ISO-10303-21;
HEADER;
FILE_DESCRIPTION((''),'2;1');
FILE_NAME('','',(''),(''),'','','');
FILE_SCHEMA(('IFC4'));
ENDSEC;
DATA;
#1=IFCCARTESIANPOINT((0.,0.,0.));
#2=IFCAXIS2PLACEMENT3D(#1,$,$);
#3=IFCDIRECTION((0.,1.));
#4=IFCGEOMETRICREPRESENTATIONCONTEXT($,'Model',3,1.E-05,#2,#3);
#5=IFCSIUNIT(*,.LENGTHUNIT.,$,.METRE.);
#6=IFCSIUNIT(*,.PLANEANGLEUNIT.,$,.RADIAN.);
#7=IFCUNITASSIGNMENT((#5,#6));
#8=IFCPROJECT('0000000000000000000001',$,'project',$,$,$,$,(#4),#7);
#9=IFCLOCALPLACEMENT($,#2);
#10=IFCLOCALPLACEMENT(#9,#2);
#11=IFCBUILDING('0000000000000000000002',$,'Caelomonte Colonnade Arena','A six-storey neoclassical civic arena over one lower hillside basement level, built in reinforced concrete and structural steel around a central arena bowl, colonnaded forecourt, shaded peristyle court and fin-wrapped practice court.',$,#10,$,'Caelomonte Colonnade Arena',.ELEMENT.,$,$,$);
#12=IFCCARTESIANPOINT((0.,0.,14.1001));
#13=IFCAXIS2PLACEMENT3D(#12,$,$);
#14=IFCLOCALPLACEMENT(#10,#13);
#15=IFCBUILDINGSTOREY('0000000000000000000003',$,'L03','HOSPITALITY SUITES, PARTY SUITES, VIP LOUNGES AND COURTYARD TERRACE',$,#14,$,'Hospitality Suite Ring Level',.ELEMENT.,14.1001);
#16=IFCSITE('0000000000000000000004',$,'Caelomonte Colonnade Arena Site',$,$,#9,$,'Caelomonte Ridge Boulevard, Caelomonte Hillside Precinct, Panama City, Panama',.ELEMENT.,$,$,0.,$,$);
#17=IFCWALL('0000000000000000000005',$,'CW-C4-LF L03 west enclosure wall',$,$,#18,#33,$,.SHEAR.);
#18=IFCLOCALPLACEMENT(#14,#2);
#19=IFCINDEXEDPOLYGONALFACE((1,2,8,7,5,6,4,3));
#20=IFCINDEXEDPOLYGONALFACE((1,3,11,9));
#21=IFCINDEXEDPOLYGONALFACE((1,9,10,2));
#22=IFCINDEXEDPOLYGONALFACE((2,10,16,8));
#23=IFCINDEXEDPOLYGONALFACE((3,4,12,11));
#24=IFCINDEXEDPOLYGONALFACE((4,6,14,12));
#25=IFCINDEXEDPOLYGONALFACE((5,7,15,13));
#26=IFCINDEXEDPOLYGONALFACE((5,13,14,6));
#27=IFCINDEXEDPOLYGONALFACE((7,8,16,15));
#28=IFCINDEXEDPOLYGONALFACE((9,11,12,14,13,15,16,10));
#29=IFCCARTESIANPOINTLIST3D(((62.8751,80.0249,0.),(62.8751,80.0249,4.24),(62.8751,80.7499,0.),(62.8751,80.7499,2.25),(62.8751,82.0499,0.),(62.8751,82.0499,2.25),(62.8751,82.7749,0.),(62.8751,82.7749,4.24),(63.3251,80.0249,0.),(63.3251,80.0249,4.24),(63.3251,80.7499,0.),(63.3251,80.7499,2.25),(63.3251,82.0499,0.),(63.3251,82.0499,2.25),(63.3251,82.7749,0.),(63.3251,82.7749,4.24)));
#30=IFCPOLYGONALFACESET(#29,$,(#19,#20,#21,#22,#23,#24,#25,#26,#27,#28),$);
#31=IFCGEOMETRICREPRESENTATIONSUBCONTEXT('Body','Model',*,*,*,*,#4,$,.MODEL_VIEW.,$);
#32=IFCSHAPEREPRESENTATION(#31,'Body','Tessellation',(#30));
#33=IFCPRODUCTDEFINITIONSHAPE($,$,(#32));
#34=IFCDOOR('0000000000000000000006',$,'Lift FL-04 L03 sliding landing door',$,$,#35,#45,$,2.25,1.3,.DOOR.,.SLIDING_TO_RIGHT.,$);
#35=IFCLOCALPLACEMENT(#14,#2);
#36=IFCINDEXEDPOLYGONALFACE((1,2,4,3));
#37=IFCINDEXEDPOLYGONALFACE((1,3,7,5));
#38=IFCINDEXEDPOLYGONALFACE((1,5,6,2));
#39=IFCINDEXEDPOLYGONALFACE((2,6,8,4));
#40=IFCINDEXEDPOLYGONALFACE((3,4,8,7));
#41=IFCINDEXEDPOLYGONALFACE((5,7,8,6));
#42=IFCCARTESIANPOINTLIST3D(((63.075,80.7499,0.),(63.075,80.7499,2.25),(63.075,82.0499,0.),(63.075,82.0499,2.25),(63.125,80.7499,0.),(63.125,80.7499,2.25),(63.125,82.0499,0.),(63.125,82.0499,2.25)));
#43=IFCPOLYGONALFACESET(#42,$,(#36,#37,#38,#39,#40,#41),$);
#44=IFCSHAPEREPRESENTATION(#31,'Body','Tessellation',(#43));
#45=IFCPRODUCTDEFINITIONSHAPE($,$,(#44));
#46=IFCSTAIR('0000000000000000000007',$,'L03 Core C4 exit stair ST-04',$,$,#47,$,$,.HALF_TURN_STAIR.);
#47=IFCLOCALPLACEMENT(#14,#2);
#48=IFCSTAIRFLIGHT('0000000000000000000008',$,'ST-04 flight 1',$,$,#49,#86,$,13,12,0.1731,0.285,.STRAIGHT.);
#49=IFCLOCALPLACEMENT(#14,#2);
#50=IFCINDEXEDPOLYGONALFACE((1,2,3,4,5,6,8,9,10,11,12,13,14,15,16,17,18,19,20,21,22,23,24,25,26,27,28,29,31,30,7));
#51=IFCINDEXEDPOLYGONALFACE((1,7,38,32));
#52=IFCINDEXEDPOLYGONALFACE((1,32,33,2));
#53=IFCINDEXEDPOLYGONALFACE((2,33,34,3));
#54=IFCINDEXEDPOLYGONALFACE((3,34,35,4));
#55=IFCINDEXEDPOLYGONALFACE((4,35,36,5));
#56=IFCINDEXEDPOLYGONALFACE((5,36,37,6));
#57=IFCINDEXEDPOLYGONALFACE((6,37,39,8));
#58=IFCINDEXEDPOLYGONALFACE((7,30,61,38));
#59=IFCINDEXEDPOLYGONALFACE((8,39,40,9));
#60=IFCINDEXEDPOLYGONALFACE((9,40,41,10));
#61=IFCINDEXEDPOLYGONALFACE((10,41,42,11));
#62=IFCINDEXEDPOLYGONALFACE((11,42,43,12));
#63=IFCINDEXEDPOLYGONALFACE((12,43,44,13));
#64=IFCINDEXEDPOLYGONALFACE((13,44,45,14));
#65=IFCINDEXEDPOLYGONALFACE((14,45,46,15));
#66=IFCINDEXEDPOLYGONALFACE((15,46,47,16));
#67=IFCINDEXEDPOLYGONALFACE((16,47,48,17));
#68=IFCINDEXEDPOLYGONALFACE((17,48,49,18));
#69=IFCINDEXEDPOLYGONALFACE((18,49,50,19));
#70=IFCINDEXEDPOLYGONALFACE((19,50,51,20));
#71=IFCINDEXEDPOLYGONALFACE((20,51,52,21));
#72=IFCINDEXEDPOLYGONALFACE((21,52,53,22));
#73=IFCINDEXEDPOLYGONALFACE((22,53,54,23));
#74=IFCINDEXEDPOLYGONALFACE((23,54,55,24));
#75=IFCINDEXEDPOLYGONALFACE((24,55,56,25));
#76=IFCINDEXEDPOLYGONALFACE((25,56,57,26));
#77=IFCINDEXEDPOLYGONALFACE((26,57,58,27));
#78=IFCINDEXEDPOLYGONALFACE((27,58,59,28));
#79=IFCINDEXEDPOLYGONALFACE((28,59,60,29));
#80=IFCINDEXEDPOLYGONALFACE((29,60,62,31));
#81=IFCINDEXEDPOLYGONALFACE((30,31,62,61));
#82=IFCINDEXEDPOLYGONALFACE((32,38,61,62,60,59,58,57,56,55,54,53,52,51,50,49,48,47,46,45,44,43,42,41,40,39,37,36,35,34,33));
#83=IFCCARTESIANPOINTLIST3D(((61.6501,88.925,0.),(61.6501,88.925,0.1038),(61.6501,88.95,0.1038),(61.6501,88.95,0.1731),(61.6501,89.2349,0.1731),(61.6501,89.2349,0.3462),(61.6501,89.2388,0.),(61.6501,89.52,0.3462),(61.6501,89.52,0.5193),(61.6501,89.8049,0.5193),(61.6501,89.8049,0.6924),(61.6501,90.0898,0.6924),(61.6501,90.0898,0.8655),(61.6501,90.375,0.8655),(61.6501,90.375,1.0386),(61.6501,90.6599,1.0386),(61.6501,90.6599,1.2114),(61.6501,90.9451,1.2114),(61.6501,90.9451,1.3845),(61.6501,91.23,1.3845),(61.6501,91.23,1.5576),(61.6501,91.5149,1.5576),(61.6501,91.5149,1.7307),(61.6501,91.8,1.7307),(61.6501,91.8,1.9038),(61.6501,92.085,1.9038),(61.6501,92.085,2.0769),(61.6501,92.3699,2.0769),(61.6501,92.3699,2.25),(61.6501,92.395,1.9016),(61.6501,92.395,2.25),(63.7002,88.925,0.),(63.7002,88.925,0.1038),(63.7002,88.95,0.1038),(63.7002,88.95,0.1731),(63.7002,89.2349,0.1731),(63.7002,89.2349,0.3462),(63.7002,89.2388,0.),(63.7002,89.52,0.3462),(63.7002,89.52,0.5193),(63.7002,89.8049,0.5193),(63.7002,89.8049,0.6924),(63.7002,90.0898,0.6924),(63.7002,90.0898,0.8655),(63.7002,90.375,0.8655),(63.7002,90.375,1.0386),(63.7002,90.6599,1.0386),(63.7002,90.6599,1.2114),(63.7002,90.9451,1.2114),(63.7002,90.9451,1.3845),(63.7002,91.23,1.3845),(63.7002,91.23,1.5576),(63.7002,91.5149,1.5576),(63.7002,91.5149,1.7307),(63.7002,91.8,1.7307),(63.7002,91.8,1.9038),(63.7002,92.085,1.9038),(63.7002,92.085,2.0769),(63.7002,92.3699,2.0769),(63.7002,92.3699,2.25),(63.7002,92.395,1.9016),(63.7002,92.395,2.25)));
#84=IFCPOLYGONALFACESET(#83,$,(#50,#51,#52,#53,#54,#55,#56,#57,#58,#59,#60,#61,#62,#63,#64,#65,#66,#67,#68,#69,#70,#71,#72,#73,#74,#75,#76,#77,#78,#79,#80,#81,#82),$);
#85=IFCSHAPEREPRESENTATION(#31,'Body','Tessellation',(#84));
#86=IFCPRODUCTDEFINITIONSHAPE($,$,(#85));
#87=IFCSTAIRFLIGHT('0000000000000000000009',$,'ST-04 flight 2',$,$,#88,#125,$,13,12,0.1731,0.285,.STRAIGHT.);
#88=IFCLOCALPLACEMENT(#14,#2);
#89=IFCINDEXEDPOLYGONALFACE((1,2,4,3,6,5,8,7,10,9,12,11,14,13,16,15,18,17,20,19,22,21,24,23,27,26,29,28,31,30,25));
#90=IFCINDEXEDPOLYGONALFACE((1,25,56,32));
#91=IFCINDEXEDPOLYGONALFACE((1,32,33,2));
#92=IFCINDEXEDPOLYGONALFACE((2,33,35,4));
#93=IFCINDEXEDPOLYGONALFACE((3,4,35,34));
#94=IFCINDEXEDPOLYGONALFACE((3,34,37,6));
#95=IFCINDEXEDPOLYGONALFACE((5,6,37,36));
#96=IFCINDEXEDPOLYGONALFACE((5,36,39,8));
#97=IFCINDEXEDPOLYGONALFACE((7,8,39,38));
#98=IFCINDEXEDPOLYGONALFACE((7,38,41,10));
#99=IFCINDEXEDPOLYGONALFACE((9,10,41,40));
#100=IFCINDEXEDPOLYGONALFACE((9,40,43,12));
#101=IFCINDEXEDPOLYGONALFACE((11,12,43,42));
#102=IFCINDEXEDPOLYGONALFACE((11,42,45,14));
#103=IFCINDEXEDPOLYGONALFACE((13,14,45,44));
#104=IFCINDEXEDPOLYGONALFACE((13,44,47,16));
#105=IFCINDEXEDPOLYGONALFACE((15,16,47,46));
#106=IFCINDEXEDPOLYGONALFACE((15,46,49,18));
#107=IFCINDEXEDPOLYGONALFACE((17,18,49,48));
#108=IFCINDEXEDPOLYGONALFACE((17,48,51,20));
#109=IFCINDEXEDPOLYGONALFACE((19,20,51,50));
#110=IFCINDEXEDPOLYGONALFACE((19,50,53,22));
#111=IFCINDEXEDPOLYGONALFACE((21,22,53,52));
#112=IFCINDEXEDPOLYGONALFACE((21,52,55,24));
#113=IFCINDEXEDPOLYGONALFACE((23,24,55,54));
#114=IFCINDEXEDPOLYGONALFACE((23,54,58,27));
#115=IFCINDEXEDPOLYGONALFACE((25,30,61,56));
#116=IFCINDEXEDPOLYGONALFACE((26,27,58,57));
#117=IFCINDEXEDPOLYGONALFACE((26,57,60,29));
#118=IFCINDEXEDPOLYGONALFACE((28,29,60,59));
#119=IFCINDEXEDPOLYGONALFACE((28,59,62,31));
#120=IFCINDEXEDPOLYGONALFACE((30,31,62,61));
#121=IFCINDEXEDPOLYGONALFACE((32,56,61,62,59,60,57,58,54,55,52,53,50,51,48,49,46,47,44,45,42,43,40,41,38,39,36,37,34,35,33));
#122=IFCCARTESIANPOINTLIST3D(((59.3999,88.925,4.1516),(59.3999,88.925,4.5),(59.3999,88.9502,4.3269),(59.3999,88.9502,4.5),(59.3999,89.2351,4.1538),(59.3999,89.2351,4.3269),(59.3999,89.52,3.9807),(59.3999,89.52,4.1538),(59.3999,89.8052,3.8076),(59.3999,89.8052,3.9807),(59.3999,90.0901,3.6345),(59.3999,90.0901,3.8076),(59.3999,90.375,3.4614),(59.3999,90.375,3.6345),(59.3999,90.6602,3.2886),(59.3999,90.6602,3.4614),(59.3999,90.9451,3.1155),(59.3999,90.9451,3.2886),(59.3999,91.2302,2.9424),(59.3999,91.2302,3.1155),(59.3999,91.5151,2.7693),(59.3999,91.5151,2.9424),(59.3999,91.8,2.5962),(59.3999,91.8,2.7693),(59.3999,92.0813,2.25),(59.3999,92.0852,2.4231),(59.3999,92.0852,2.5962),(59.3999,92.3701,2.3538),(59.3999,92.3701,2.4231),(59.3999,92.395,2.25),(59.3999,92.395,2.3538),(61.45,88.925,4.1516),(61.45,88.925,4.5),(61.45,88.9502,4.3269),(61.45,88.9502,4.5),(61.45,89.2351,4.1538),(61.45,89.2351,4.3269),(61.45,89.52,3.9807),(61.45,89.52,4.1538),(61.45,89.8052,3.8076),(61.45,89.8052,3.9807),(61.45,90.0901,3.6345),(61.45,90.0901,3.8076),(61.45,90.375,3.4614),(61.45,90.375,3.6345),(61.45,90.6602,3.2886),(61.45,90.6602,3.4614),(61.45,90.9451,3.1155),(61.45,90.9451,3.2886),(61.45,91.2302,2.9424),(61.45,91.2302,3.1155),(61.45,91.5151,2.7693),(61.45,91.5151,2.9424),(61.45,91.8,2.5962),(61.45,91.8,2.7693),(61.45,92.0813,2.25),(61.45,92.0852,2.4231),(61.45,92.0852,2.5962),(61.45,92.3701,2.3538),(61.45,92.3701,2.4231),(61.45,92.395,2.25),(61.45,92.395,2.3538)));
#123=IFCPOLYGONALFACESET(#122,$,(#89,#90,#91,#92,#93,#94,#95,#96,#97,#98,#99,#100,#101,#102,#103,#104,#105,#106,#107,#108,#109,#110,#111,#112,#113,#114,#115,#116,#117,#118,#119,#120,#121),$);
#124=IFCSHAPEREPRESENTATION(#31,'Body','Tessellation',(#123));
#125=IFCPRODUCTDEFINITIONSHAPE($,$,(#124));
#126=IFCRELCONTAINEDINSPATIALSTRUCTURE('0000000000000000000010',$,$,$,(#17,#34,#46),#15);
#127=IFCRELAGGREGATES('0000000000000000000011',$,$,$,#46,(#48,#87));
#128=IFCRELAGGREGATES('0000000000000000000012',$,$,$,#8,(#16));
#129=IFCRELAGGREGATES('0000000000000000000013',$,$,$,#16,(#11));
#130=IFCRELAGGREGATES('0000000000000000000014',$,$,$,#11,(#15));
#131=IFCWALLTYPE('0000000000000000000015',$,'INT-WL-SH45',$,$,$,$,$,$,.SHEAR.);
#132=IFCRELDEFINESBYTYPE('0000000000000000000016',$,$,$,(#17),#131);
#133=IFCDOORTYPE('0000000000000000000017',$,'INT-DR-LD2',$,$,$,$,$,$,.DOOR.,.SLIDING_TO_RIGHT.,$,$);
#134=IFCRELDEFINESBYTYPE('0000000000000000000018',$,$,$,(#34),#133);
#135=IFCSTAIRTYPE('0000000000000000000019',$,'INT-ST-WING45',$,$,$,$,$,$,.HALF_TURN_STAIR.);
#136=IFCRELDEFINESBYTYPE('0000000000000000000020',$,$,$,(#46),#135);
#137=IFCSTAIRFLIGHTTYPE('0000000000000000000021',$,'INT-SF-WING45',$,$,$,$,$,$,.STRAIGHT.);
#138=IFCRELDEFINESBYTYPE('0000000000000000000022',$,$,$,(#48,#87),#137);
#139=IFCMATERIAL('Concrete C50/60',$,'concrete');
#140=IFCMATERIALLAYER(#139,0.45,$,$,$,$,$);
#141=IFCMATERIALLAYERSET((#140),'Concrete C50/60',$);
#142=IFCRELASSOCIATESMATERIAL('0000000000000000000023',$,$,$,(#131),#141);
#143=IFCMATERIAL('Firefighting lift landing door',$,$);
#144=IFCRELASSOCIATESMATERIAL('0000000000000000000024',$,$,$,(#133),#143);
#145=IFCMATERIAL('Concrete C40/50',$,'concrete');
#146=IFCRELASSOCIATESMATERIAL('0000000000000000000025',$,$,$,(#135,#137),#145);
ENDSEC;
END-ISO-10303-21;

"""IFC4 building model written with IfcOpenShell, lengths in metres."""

from ifc_helpers import new_model, si_unit, direction, frame, frame_2d, origin, place, context, subcontext, project, spatial, polyline, rectangle, outline, extrude, material, layer, layer_set, type_object, element, fill, aggregate, save


model = new_model("IFC4")

# Units and contexts
model_context = context("Model", 3, precision=1e-05, world=origin(), true_north=direction((0.0, 1.0)))
body_context = subcontext(model_context, "Body", "Model", "MODEL_VIEW")
ifc_project = project(units=[si_unit("LENGTHUNIT", "METRE"), si_unit("PLANEANGLEUNIT", "RADIAN")], contexts=[model_context])

# Site, building, storey
site_placement = place(None, origin())
site = spatial("IfcSite", under=ifc_project, at=site_placement, Name="Caelomonte Colonnade Arena Site", LongName="Caelomonte Ridge Boulevard, Caelomonte Hillside Precinct, Panama City, Panama", CompositionType="ELEMENT", RefElevation=0.0)
building_placement = place(site_placement, origin())
building = spatial("IfcBuilding", under=site, at=building_placement, Name="Caelomonte Colonnade Arena", Description="A six-storey neoclassical civic arena over one lower hillside basement level, built in reinforced concrete and structural steel around a central arena bowl, colonnaded forecourt, shaded peristyle court and fin-wrapped practice court.", LongName="Caelomonte Colonnade Arena", CompositionType="ELEMENT")
storey_placement = place(building_placement, frame((0.0, 0.0, 14.1001)))
storey = spatial("IfcBuildingStorey", under=building, at=storey_placement, Name="L03", Description="HOSPITALITY SUITES, PARTY SUITES, VIP LOUNGES AND COURTYARD TERRACE", LongName="Hospitality Suite Ring Level", CompositionType="ELEMENT", Elevation=14.1001)

# Shared definitions
ifc_material_1 = material(Name="Concrete C40/50", Category="concrete")

# Shared definitions
ifc_material_2 = material(Name="Concrete C50/60", Category="concrete")
ifc_layer_1 = layer(ifc_material_2, 0.45)
ifc_layer_set_1 = layer_set([ifc_layer_1], Name="Concrete C50/60")
wall_type_1 = type_object("IfcWallType", Name="INT-WL-SH45", PredefinedType="SHEAR", material=ifc_layer_set_1)

# Wall, opening, door
wall_1_placement = place(storey_placement, frame((63.1001, 82.7749, 0.0), z_axis=(0.0, 0.0, 1.0), x_axis=(0.0, -1.0, 0.0)))
wall_1 = element("IfcWall", 1, at=wall_1_placement, inside=storey, type_object=wall_type_1, Name="CW-C4-LF L03 west enclosure wall", PredefinedType="SHEAR", context=body_context, shape_type="SweptSolid", body=[
    extrude(rectangle(XDim=2.75, YDim=0.45, at=frame_2d((1.375, 0.0))), origin(), (0.0, 0.0, 1.0), 4.24),
])
opening_1_placement = place(wall_1_placement, frame((0.7251, 0.0, 0.0), z_axis=(0.0, 0.0, 1.0), x_axis=(1.0, 0.0, 0.0)))
opening_1 = element("IfcOpeningElement", 2, at=opening_1_placement, cuts=wall_1, PredefinedType="OPENING", context=body_context, shape_type="SweptSolid", body=[
    extrude(rectangle(XDim=1.3, YDim=2.25, at=frame_2d((0.6499, 1.125))), frame((0.0, 0.2349, 0.0), z_axis=(0.0, -1.0, 0.0), x_axis=(1.0, 0.0, 0.0)), (0.0, 0.0, 1.0), 0.47),
])
ifc_material_3 = material(Name="Firefighting lift landing door")
door_type_1 = type_object("IfcDoorType", Name="INT-DR-LD2", OperationType="SLIDING_TO_RIGHT", PredefinedType="DOOR", material=ifc_material_3)
door_1_placement = place(opening_1_placement, origin())
door_1 = element("IfcDoor", 3, at=door_1_placement, inside=storey, type_object=door_type_1, Name="Lift FL-04 L03 sliding landing door", OperationType="SLIDING_TO_RIGHT", OverallHeight=2.25, OverallWidth=1.3, PredefinedType="DOOR", context=body_context, shape_type="SweptSolid", body=[
    extrude(rectangle(XDim=1.3, YDim=2.25, at=frame_2d((0.6499, 1.125))), frame((0.0, 0.0249, 0.0), z_axis=(0.0, -1.0, 0.0), x_axis=(1.0, 0.0, 0.0)), (0.0, 0.0, 1.0), 0.05),
])
fill(opening_1, door_1)

# Stair, stair flights
stair_type = type_object("IfcStairType", Name="INT-ST-WING45", PredefinedType="HALF_TURN_STAIR", material=ifc_material_1)
stair_placement = place(storey_placement, origin())
stair = element("IfcStair", 4, at=stair_placement, inside=storey, type_object=stair_type, Name="L03 Core C4 exit stair ST-04", PredefinedType="HALF_TURN_STAIR")
stair_flight_type = type_object("IfcStairFlightType", Name="INT-SF-WING45", PredefinedType="STRAIGHT", material=ifc_material_1)
stair_flight_1_placement = place(storey_placement, frame((62.675, 88.95, 0.0), z_axis=(0.0, 0.0, 1.0), x_axis=(0.0, 1.0, 0.0)))
stair_flight_1 = element("IfcStairFlight", 5, at=stair_flight_1_placement, type_object=stair_flight_type, Name="ST-04 flight 1", NumberOfRisers=13, NumberOfTreads=12, PredefinedType="STRAIGHT", RiserHeight=0.1731, TreadLength=0.285, context=body_context, shape_type="SweptSolid", body=[
    extrude(outline(polyline([(-0.0249, 0.0), (-0.0249, 0.1038), (0.0, 0.1038), (0.0, 0.1731), (0.2849, 0.1731), (0.2849, 0.3462), (0.5701, 0.3462), (0.5701, 0.5193), (0.855, 0.5193), (0.855, 0.6924), (1.1399, 0.6924), (1.1399, 0.8655), (1.425, 0.8655), (1.425, 1.0386), (1.71, 1.0386), (1.71, 1.2114), (1.9951, 1.2114), (1.9951, 1.3845), (2.28, 1.3845), (2.28, 1.5576), (2.5649, 1.5576), (2.5649, 1.7307), (2.8501, 1.7307), (2.8501, 1.9038), (3.135, 1.9038), (3.135, 2.0769), (3.4199, 2.0769), (3.4199, 2.25), (3.4451, 2.25), (3.4451, 1.9016), (0.2888, 0.0), (-0.0249, 0.0)])), frame((0.0, 1.0249, 0.0), z_axis=(0.0, -1.0, 0.0), x_axis=(1.0, 0.0, 0.0)), (0.0, 0.0, 1.0), 2.05),
])
stair_flight_2_placement = place(storey_placement, frame((60.425, 92.3701, 2.25), z_axis=(0.0, 0.0, 1.0), x_axis=(0.0, -1.0, 0.0)))
stair_flight_2 = element("IfcStairFlight", 6, at=stair_flight_2_placement, type_object=stair_flight_type, Name="ST-04 flight 2", NumberOfRisers=13, NumberOfTreads=12, PredefinedType="STRAIGHT", RiserHeight=0.1731, TreadLength=0.285, context=body_context, shape_type="SweptSolid", body=[
    extrude(outline(polyline([(-0.0249, 0.0), (-0.0249, 0.1038), (0.0, 0.1038), (0.0, 0.1731), (0.2849, 0.1731), (0.2849, 0.3462), (0.5701, 0.3462), (0.5701, 0.5193), (0.855, 0.5193), (0.855, 0.6924), (1.1399, 0.6924), (1.1399, 0.8655), (1.425, 0.8655), (1.425, 1.0386), (1.71, 1.0386), (1.71, 1.2114), (1.9951, 1.2114), (1.9951, 1.3845), (2.28, 1.3845), (2.28, 1.5576), (2.5649, 1.5576), (2.5649, 1.7307), (2.8501, 1.7307), (2.8501, 1.9038), (3.135, 1.9038), (3.135, 2.0769), (3.4199, 2.0769), (3.4199, 2.25), (3.4451, 2.25), (3.4451, 1.9016), (0.2888, 0.0), (-0.0249, 0.0)])), frame((0.0, 1.0249, 0.0), z_axis=(0.0, -1.0, 0.0), x_axis=(1.0, 0.0, 0.0)), (0.0, 0.0, 1.0), 2.05),
])
aggregate(stair, [stair_flight_1, stair_flight_2])

save(model, "model.ifc")
